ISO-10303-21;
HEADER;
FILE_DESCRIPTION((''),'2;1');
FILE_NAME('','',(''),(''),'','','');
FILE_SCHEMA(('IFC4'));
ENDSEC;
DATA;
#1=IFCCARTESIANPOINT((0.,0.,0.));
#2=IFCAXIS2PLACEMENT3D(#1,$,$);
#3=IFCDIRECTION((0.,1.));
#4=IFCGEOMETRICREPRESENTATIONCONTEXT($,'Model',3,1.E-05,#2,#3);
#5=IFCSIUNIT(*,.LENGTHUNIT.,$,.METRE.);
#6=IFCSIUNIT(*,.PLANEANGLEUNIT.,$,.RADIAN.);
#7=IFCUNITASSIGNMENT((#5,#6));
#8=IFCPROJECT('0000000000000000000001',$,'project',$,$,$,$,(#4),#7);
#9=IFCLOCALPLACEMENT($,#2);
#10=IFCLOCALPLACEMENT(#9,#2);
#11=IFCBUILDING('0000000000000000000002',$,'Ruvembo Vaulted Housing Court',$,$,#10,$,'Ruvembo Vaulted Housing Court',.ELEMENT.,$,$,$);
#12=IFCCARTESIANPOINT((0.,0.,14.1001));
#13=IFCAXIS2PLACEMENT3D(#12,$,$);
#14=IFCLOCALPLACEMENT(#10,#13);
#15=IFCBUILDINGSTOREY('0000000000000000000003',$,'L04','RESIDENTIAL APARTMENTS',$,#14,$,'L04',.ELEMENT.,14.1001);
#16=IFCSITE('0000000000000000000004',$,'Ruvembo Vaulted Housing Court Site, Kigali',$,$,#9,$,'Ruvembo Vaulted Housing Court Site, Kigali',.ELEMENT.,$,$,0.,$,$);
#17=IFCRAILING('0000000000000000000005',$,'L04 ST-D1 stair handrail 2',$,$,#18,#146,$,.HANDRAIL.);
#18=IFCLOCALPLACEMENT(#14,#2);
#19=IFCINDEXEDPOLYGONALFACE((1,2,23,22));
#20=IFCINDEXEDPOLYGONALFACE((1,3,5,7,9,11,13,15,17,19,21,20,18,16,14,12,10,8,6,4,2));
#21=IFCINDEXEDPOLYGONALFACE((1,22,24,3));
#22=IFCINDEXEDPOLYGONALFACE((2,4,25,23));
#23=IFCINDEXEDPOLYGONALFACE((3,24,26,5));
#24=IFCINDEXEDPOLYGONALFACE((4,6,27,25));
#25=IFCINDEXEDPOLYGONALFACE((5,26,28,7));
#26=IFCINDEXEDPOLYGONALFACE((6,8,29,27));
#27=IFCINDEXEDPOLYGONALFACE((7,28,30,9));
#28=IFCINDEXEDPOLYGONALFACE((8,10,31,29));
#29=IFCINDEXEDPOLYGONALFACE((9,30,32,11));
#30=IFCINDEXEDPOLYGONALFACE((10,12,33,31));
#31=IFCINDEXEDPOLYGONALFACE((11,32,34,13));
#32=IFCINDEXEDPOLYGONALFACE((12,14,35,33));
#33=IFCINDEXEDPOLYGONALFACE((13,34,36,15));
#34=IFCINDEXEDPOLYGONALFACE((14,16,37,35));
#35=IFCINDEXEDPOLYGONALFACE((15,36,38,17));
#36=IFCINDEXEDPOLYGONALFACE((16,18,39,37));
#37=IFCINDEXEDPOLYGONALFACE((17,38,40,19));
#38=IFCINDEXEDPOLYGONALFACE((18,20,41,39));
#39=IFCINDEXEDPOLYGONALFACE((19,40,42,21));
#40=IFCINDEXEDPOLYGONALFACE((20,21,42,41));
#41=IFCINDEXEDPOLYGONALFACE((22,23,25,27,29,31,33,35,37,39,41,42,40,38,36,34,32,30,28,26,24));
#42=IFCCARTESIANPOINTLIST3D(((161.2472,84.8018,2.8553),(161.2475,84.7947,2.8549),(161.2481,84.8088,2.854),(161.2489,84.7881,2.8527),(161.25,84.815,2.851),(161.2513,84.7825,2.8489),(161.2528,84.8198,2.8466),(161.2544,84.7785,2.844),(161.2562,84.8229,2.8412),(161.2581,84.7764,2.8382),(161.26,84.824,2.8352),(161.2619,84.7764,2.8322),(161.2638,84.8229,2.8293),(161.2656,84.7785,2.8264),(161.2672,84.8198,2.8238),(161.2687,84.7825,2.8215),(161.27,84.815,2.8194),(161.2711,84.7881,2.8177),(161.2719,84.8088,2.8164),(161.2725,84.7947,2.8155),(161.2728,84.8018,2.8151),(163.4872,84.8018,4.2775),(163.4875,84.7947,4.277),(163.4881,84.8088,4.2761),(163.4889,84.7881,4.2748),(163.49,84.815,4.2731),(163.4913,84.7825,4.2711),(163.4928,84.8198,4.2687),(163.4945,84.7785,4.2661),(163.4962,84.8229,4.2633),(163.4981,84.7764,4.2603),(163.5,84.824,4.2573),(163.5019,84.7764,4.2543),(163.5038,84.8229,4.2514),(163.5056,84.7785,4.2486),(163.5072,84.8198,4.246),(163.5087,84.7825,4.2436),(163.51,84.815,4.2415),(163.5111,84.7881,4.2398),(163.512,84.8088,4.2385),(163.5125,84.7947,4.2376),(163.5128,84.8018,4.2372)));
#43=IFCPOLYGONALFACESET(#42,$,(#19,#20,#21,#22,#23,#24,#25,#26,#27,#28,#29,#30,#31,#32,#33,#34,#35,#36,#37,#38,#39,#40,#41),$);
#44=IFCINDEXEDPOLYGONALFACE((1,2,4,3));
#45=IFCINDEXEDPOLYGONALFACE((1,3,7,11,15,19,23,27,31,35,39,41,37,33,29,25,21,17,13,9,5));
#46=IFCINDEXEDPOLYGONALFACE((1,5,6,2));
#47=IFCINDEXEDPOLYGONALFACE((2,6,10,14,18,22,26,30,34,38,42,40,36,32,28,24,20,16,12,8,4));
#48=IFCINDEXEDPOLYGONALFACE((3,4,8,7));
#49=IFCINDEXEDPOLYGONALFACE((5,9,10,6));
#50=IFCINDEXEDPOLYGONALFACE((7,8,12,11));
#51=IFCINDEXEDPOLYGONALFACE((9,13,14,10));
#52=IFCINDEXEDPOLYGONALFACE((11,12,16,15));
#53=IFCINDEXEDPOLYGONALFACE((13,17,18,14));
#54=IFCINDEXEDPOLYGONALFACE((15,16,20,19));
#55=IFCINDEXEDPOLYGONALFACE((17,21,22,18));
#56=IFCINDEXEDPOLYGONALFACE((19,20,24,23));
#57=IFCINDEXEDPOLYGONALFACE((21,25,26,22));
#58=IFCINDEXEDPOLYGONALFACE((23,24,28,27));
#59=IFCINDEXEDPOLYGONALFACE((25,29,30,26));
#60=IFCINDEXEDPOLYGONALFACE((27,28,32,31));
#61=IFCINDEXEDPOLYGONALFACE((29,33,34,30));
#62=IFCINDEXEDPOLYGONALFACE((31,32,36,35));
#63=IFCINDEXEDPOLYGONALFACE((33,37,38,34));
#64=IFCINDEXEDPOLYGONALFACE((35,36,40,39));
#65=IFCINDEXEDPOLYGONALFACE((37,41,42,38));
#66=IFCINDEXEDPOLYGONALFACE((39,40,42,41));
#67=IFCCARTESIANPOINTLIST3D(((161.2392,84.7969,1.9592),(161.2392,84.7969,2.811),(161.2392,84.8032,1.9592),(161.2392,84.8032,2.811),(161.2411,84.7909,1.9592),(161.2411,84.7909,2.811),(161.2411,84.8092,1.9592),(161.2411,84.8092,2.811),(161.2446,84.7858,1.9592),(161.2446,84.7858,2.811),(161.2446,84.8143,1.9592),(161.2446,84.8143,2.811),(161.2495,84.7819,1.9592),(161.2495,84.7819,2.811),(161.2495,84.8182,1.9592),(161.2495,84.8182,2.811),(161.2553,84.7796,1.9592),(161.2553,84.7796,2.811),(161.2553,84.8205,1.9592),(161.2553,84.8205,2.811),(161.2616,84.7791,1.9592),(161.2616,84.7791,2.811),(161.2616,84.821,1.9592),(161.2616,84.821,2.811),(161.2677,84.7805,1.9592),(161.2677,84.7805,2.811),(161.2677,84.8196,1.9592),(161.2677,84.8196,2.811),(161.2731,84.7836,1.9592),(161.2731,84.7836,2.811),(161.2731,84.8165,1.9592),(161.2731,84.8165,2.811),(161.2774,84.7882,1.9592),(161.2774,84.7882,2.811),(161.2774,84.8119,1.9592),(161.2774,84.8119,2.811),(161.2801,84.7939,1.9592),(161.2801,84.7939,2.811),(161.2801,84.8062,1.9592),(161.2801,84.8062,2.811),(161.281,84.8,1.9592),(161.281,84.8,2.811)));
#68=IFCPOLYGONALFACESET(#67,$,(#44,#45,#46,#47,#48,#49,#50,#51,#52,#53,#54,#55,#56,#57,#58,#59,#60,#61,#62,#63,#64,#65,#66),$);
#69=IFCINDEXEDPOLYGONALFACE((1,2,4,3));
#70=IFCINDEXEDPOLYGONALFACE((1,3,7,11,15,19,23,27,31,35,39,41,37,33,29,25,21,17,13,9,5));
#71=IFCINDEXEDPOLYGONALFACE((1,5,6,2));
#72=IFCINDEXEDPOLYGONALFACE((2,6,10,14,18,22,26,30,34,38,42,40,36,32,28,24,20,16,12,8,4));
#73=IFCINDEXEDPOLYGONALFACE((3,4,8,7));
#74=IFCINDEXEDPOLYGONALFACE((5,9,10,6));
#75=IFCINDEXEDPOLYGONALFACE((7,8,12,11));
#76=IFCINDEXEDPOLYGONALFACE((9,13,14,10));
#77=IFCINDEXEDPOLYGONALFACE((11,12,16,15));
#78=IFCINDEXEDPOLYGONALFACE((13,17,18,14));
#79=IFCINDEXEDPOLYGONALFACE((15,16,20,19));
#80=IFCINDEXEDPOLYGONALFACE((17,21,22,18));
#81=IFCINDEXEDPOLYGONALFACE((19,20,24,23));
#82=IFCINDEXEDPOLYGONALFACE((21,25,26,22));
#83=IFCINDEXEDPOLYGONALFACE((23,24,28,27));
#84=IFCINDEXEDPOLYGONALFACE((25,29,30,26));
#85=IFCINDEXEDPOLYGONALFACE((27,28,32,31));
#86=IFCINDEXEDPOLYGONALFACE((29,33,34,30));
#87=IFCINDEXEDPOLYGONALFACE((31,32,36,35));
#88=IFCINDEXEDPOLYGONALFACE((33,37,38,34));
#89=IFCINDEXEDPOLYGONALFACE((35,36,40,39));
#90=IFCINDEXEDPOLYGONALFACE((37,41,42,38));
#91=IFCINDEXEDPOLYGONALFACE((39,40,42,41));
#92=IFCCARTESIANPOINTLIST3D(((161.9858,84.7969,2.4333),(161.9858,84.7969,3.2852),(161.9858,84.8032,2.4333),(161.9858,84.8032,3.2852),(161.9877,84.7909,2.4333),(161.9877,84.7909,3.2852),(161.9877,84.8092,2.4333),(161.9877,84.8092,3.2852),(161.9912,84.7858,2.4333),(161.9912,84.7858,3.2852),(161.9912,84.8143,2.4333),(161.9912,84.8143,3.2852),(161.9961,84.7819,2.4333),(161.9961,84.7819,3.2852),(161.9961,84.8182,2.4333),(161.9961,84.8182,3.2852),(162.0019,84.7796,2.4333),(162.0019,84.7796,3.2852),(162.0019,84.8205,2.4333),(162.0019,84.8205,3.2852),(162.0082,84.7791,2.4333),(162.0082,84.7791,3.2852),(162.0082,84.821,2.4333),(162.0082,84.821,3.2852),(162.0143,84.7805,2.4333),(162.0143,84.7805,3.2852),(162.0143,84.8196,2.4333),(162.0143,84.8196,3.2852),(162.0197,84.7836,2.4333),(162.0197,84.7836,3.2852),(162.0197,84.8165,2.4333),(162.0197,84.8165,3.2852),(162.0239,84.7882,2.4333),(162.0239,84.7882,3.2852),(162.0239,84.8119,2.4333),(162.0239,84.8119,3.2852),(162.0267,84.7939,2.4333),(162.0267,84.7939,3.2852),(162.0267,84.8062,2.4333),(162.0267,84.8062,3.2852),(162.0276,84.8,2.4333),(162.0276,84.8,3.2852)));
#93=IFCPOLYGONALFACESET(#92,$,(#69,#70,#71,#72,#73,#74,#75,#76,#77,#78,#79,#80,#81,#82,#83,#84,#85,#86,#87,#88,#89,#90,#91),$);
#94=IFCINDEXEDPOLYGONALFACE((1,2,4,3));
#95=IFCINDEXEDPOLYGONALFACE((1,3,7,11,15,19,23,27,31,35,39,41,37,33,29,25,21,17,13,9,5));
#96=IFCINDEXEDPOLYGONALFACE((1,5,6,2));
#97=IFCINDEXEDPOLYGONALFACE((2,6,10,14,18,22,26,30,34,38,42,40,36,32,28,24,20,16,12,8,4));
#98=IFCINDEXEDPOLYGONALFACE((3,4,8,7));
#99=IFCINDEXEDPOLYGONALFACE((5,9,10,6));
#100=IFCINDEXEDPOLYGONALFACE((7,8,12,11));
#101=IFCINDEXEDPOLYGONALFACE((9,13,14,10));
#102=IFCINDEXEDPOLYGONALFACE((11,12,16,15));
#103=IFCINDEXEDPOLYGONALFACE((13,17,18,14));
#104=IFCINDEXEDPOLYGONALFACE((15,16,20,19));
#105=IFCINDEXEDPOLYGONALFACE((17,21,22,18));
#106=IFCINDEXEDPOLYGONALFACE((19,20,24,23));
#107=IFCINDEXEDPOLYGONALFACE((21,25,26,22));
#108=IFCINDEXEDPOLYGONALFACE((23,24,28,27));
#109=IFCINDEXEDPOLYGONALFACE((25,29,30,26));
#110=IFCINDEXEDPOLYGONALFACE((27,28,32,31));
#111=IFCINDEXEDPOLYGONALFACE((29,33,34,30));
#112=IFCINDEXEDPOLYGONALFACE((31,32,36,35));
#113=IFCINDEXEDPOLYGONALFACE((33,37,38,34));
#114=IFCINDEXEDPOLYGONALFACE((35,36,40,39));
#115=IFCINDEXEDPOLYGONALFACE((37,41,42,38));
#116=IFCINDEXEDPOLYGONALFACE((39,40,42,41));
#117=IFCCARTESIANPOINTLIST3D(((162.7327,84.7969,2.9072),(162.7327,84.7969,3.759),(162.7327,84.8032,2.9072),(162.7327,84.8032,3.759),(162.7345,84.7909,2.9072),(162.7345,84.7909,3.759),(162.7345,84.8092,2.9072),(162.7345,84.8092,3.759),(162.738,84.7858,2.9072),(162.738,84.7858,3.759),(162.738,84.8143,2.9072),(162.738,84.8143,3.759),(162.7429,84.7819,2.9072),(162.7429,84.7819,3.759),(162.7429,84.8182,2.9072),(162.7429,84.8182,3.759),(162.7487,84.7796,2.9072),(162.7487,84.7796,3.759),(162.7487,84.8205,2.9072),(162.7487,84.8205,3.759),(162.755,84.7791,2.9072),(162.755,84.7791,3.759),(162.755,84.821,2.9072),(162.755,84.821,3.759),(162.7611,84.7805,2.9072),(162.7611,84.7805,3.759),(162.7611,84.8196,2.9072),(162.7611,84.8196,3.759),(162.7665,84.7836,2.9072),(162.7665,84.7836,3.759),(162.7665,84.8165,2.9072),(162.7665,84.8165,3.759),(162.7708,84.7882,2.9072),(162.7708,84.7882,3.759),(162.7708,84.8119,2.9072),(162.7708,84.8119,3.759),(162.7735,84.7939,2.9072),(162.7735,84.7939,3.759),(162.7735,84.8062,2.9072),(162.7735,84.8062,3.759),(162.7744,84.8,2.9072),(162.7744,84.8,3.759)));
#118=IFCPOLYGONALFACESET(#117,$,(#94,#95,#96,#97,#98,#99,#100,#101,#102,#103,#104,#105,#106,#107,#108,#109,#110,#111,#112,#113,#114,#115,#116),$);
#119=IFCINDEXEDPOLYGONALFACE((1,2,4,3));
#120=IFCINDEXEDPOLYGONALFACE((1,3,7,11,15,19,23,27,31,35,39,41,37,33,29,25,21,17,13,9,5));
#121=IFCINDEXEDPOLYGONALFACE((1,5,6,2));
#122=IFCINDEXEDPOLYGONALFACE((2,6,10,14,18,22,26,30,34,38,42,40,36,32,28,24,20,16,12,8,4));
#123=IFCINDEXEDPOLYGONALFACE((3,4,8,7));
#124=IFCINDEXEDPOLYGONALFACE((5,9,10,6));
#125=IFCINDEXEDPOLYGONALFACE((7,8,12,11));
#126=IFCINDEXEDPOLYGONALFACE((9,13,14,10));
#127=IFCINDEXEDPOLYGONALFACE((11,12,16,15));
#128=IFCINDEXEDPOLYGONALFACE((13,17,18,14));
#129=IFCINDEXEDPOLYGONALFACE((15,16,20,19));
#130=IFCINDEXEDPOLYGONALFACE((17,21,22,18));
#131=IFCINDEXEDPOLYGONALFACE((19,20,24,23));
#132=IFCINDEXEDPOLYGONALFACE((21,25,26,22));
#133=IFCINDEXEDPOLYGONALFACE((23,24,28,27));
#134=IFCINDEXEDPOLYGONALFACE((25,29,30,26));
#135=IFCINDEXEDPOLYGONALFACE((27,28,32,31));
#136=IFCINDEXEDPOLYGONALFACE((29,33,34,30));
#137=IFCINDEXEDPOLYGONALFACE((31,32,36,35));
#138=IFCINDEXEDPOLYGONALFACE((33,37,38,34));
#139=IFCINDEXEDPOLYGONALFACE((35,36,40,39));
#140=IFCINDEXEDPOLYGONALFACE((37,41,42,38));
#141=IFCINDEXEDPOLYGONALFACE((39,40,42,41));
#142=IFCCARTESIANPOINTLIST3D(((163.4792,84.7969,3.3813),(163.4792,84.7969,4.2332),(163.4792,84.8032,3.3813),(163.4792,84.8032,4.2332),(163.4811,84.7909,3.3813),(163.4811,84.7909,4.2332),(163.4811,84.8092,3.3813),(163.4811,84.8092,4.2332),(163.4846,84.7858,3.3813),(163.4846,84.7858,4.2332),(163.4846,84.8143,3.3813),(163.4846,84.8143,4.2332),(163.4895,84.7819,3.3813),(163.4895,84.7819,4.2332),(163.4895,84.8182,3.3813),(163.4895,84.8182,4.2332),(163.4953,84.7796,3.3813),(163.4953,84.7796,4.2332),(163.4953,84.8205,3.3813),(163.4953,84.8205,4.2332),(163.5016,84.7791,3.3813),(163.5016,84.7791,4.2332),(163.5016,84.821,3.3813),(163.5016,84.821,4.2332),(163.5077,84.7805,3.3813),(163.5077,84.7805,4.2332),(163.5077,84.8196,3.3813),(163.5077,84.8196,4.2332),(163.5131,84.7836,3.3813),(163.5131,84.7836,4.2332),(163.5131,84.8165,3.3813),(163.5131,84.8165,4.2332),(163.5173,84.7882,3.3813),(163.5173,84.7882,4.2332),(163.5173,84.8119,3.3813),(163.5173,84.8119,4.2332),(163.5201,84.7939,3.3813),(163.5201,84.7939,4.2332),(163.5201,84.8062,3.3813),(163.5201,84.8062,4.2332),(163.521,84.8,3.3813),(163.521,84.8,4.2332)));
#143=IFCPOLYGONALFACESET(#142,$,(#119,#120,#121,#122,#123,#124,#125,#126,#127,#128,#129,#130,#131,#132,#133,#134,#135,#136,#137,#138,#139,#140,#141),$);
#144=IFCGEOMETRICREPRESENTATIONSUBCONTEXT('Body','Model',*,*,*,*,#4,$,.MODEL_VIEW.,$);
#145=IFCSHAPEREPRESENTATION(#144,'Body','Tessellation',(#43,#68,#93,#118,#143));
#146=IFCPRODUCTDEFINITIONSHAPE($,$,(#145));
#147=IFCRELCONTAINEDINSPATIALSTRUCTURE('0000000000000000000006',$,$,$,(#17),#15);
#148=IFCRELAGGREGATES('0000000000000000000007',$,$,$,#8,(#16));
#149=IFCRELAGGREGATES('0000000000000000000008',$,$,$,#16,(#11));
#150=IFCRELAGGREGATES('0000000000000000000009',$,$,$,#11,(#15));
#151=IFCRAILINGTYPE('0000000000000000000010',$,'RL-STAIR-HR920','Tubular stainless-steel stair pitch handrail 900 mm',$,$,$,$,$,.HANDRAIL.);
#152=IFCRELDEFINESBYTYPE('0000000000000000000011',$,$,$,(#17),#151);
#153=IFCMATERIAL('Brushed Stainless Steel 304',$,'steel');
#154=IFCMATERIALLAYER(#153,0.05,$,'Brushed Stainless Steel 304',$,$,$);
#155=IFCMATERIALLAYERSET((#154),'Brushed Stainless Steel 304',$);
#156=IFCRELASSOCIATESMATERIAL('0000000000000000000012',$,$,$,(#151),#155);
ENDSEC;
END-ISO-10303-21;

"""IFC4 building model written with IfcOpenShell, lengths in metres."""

from ifc_helpers import new_model, si_unit, direction, frame, origin, origin_2d, place, context, subcontext, project, spatial, circle, extrude, material, layer, layer_set, type_object, element, save


model = new_model("IFC4")

# Units and contexts
model_context = context("Model", 3, precision=1e-05, world=origin(), true_north=direction((0.0, 1.0)))
body_context = subcontext(model_context, "Body", "Model", "MODEL_VIEW")
ifc_project = project(units=[si_unit("LENGTHUNIT", "METRE"), si_unit("PLANEANGLEUNIT", "RADIAN")], contexts=[model_context])

# Site, building, storey
site_placement = place(None, origin())
site = spatial("IfcSite", under=ifc_project, at=site_placement, Name="Ruvembo Vaulted Housing Court Site, Kigali", LongName="Ruvembo Vaulted Housing Court Site, Kigali", CompositionType="ELEMENT", RefElevation=0.0)
building_placement = place(site_placement, origin())
building = spatial("IfcBuilding", under=site, at=building_placement, Name="Ruvembo Vaulted Housing Court", LongName="Ruvembo Vaulted Housing Court", CompositionType="ELEMENT")
storey_placement = place(building_placement, frame((0.0, 0.0, 14.1001)))
storey = spatial("IfcBuildingStorey", under=building, at=storey_placement, Name="L04", Description="RESIDENTIAL APARTMENTS", LongName="L04", CompositionType="ELEMENT", Elevation=14.1001)

# Shared definitions
ifc_material_1 = material(Name="Brushed Stainless Steel 304", Category="steel")

# Railing
ifc_layer_1 = layer(ifc_material_1, 0.05, Name="Brushed Stainless Steel 304")
ifc_layer_set_1 = layer_set([ifc_layer_1], Name="Brushed Stainless Steel 304")
railing_type_1 = type_object("IfcRailingType", Name="RL-STAIR-HR920", Description="Tubular stainless-steel stair pitch handrail 900 mm", PredefinedType="HANDRAIL", material=ifc_layer_set_1)
railing_1_placement = place(storey_placement, frame((161.26, 84.8, 1.9592)))
element("IfcRailing", 1, at=railing_1_placement, inside=storey, type_object=railing_type_1, Name="L04 ST-D1 stair handrail 2", PredefinedType="HANDRAIL", context=body_context, shape_type="SweptSolid", body=[
    extrude(circle(Radius=0.0239, at=origin_2d()), frame((0.0, 0.0, 0.876), z_axis=(0.844229, 0.0, 0.535982), x_axis=(0.0, 1.0, 0.0)), (0.0, 0.0, 1.0), 2.6533),
    extrude(circle(Radius=0.021, at=origin_2d()), origin(), (0.0, 0.0, 1.0), 0.8518),
    extrude(circle(Radius=0.021, at=origin_2d()), frame((0.7466, 0.0, 0.4741)), (0.0, 0.0, 1.0), 0.8518),
    extrude(circle(Radius=0.021, at=origin_2d()), frame((1.4934, 0.0, 0.948)), (0.0, 0.0, 1.0), 0.8518),
    extrude(circle(Radius=0.021, at=origin_2d()), frame((2.24, 0.0, 1.4221)), (0.0, 0.0, 1.0), 0.8518),
])

save(model, "model.ifc")
